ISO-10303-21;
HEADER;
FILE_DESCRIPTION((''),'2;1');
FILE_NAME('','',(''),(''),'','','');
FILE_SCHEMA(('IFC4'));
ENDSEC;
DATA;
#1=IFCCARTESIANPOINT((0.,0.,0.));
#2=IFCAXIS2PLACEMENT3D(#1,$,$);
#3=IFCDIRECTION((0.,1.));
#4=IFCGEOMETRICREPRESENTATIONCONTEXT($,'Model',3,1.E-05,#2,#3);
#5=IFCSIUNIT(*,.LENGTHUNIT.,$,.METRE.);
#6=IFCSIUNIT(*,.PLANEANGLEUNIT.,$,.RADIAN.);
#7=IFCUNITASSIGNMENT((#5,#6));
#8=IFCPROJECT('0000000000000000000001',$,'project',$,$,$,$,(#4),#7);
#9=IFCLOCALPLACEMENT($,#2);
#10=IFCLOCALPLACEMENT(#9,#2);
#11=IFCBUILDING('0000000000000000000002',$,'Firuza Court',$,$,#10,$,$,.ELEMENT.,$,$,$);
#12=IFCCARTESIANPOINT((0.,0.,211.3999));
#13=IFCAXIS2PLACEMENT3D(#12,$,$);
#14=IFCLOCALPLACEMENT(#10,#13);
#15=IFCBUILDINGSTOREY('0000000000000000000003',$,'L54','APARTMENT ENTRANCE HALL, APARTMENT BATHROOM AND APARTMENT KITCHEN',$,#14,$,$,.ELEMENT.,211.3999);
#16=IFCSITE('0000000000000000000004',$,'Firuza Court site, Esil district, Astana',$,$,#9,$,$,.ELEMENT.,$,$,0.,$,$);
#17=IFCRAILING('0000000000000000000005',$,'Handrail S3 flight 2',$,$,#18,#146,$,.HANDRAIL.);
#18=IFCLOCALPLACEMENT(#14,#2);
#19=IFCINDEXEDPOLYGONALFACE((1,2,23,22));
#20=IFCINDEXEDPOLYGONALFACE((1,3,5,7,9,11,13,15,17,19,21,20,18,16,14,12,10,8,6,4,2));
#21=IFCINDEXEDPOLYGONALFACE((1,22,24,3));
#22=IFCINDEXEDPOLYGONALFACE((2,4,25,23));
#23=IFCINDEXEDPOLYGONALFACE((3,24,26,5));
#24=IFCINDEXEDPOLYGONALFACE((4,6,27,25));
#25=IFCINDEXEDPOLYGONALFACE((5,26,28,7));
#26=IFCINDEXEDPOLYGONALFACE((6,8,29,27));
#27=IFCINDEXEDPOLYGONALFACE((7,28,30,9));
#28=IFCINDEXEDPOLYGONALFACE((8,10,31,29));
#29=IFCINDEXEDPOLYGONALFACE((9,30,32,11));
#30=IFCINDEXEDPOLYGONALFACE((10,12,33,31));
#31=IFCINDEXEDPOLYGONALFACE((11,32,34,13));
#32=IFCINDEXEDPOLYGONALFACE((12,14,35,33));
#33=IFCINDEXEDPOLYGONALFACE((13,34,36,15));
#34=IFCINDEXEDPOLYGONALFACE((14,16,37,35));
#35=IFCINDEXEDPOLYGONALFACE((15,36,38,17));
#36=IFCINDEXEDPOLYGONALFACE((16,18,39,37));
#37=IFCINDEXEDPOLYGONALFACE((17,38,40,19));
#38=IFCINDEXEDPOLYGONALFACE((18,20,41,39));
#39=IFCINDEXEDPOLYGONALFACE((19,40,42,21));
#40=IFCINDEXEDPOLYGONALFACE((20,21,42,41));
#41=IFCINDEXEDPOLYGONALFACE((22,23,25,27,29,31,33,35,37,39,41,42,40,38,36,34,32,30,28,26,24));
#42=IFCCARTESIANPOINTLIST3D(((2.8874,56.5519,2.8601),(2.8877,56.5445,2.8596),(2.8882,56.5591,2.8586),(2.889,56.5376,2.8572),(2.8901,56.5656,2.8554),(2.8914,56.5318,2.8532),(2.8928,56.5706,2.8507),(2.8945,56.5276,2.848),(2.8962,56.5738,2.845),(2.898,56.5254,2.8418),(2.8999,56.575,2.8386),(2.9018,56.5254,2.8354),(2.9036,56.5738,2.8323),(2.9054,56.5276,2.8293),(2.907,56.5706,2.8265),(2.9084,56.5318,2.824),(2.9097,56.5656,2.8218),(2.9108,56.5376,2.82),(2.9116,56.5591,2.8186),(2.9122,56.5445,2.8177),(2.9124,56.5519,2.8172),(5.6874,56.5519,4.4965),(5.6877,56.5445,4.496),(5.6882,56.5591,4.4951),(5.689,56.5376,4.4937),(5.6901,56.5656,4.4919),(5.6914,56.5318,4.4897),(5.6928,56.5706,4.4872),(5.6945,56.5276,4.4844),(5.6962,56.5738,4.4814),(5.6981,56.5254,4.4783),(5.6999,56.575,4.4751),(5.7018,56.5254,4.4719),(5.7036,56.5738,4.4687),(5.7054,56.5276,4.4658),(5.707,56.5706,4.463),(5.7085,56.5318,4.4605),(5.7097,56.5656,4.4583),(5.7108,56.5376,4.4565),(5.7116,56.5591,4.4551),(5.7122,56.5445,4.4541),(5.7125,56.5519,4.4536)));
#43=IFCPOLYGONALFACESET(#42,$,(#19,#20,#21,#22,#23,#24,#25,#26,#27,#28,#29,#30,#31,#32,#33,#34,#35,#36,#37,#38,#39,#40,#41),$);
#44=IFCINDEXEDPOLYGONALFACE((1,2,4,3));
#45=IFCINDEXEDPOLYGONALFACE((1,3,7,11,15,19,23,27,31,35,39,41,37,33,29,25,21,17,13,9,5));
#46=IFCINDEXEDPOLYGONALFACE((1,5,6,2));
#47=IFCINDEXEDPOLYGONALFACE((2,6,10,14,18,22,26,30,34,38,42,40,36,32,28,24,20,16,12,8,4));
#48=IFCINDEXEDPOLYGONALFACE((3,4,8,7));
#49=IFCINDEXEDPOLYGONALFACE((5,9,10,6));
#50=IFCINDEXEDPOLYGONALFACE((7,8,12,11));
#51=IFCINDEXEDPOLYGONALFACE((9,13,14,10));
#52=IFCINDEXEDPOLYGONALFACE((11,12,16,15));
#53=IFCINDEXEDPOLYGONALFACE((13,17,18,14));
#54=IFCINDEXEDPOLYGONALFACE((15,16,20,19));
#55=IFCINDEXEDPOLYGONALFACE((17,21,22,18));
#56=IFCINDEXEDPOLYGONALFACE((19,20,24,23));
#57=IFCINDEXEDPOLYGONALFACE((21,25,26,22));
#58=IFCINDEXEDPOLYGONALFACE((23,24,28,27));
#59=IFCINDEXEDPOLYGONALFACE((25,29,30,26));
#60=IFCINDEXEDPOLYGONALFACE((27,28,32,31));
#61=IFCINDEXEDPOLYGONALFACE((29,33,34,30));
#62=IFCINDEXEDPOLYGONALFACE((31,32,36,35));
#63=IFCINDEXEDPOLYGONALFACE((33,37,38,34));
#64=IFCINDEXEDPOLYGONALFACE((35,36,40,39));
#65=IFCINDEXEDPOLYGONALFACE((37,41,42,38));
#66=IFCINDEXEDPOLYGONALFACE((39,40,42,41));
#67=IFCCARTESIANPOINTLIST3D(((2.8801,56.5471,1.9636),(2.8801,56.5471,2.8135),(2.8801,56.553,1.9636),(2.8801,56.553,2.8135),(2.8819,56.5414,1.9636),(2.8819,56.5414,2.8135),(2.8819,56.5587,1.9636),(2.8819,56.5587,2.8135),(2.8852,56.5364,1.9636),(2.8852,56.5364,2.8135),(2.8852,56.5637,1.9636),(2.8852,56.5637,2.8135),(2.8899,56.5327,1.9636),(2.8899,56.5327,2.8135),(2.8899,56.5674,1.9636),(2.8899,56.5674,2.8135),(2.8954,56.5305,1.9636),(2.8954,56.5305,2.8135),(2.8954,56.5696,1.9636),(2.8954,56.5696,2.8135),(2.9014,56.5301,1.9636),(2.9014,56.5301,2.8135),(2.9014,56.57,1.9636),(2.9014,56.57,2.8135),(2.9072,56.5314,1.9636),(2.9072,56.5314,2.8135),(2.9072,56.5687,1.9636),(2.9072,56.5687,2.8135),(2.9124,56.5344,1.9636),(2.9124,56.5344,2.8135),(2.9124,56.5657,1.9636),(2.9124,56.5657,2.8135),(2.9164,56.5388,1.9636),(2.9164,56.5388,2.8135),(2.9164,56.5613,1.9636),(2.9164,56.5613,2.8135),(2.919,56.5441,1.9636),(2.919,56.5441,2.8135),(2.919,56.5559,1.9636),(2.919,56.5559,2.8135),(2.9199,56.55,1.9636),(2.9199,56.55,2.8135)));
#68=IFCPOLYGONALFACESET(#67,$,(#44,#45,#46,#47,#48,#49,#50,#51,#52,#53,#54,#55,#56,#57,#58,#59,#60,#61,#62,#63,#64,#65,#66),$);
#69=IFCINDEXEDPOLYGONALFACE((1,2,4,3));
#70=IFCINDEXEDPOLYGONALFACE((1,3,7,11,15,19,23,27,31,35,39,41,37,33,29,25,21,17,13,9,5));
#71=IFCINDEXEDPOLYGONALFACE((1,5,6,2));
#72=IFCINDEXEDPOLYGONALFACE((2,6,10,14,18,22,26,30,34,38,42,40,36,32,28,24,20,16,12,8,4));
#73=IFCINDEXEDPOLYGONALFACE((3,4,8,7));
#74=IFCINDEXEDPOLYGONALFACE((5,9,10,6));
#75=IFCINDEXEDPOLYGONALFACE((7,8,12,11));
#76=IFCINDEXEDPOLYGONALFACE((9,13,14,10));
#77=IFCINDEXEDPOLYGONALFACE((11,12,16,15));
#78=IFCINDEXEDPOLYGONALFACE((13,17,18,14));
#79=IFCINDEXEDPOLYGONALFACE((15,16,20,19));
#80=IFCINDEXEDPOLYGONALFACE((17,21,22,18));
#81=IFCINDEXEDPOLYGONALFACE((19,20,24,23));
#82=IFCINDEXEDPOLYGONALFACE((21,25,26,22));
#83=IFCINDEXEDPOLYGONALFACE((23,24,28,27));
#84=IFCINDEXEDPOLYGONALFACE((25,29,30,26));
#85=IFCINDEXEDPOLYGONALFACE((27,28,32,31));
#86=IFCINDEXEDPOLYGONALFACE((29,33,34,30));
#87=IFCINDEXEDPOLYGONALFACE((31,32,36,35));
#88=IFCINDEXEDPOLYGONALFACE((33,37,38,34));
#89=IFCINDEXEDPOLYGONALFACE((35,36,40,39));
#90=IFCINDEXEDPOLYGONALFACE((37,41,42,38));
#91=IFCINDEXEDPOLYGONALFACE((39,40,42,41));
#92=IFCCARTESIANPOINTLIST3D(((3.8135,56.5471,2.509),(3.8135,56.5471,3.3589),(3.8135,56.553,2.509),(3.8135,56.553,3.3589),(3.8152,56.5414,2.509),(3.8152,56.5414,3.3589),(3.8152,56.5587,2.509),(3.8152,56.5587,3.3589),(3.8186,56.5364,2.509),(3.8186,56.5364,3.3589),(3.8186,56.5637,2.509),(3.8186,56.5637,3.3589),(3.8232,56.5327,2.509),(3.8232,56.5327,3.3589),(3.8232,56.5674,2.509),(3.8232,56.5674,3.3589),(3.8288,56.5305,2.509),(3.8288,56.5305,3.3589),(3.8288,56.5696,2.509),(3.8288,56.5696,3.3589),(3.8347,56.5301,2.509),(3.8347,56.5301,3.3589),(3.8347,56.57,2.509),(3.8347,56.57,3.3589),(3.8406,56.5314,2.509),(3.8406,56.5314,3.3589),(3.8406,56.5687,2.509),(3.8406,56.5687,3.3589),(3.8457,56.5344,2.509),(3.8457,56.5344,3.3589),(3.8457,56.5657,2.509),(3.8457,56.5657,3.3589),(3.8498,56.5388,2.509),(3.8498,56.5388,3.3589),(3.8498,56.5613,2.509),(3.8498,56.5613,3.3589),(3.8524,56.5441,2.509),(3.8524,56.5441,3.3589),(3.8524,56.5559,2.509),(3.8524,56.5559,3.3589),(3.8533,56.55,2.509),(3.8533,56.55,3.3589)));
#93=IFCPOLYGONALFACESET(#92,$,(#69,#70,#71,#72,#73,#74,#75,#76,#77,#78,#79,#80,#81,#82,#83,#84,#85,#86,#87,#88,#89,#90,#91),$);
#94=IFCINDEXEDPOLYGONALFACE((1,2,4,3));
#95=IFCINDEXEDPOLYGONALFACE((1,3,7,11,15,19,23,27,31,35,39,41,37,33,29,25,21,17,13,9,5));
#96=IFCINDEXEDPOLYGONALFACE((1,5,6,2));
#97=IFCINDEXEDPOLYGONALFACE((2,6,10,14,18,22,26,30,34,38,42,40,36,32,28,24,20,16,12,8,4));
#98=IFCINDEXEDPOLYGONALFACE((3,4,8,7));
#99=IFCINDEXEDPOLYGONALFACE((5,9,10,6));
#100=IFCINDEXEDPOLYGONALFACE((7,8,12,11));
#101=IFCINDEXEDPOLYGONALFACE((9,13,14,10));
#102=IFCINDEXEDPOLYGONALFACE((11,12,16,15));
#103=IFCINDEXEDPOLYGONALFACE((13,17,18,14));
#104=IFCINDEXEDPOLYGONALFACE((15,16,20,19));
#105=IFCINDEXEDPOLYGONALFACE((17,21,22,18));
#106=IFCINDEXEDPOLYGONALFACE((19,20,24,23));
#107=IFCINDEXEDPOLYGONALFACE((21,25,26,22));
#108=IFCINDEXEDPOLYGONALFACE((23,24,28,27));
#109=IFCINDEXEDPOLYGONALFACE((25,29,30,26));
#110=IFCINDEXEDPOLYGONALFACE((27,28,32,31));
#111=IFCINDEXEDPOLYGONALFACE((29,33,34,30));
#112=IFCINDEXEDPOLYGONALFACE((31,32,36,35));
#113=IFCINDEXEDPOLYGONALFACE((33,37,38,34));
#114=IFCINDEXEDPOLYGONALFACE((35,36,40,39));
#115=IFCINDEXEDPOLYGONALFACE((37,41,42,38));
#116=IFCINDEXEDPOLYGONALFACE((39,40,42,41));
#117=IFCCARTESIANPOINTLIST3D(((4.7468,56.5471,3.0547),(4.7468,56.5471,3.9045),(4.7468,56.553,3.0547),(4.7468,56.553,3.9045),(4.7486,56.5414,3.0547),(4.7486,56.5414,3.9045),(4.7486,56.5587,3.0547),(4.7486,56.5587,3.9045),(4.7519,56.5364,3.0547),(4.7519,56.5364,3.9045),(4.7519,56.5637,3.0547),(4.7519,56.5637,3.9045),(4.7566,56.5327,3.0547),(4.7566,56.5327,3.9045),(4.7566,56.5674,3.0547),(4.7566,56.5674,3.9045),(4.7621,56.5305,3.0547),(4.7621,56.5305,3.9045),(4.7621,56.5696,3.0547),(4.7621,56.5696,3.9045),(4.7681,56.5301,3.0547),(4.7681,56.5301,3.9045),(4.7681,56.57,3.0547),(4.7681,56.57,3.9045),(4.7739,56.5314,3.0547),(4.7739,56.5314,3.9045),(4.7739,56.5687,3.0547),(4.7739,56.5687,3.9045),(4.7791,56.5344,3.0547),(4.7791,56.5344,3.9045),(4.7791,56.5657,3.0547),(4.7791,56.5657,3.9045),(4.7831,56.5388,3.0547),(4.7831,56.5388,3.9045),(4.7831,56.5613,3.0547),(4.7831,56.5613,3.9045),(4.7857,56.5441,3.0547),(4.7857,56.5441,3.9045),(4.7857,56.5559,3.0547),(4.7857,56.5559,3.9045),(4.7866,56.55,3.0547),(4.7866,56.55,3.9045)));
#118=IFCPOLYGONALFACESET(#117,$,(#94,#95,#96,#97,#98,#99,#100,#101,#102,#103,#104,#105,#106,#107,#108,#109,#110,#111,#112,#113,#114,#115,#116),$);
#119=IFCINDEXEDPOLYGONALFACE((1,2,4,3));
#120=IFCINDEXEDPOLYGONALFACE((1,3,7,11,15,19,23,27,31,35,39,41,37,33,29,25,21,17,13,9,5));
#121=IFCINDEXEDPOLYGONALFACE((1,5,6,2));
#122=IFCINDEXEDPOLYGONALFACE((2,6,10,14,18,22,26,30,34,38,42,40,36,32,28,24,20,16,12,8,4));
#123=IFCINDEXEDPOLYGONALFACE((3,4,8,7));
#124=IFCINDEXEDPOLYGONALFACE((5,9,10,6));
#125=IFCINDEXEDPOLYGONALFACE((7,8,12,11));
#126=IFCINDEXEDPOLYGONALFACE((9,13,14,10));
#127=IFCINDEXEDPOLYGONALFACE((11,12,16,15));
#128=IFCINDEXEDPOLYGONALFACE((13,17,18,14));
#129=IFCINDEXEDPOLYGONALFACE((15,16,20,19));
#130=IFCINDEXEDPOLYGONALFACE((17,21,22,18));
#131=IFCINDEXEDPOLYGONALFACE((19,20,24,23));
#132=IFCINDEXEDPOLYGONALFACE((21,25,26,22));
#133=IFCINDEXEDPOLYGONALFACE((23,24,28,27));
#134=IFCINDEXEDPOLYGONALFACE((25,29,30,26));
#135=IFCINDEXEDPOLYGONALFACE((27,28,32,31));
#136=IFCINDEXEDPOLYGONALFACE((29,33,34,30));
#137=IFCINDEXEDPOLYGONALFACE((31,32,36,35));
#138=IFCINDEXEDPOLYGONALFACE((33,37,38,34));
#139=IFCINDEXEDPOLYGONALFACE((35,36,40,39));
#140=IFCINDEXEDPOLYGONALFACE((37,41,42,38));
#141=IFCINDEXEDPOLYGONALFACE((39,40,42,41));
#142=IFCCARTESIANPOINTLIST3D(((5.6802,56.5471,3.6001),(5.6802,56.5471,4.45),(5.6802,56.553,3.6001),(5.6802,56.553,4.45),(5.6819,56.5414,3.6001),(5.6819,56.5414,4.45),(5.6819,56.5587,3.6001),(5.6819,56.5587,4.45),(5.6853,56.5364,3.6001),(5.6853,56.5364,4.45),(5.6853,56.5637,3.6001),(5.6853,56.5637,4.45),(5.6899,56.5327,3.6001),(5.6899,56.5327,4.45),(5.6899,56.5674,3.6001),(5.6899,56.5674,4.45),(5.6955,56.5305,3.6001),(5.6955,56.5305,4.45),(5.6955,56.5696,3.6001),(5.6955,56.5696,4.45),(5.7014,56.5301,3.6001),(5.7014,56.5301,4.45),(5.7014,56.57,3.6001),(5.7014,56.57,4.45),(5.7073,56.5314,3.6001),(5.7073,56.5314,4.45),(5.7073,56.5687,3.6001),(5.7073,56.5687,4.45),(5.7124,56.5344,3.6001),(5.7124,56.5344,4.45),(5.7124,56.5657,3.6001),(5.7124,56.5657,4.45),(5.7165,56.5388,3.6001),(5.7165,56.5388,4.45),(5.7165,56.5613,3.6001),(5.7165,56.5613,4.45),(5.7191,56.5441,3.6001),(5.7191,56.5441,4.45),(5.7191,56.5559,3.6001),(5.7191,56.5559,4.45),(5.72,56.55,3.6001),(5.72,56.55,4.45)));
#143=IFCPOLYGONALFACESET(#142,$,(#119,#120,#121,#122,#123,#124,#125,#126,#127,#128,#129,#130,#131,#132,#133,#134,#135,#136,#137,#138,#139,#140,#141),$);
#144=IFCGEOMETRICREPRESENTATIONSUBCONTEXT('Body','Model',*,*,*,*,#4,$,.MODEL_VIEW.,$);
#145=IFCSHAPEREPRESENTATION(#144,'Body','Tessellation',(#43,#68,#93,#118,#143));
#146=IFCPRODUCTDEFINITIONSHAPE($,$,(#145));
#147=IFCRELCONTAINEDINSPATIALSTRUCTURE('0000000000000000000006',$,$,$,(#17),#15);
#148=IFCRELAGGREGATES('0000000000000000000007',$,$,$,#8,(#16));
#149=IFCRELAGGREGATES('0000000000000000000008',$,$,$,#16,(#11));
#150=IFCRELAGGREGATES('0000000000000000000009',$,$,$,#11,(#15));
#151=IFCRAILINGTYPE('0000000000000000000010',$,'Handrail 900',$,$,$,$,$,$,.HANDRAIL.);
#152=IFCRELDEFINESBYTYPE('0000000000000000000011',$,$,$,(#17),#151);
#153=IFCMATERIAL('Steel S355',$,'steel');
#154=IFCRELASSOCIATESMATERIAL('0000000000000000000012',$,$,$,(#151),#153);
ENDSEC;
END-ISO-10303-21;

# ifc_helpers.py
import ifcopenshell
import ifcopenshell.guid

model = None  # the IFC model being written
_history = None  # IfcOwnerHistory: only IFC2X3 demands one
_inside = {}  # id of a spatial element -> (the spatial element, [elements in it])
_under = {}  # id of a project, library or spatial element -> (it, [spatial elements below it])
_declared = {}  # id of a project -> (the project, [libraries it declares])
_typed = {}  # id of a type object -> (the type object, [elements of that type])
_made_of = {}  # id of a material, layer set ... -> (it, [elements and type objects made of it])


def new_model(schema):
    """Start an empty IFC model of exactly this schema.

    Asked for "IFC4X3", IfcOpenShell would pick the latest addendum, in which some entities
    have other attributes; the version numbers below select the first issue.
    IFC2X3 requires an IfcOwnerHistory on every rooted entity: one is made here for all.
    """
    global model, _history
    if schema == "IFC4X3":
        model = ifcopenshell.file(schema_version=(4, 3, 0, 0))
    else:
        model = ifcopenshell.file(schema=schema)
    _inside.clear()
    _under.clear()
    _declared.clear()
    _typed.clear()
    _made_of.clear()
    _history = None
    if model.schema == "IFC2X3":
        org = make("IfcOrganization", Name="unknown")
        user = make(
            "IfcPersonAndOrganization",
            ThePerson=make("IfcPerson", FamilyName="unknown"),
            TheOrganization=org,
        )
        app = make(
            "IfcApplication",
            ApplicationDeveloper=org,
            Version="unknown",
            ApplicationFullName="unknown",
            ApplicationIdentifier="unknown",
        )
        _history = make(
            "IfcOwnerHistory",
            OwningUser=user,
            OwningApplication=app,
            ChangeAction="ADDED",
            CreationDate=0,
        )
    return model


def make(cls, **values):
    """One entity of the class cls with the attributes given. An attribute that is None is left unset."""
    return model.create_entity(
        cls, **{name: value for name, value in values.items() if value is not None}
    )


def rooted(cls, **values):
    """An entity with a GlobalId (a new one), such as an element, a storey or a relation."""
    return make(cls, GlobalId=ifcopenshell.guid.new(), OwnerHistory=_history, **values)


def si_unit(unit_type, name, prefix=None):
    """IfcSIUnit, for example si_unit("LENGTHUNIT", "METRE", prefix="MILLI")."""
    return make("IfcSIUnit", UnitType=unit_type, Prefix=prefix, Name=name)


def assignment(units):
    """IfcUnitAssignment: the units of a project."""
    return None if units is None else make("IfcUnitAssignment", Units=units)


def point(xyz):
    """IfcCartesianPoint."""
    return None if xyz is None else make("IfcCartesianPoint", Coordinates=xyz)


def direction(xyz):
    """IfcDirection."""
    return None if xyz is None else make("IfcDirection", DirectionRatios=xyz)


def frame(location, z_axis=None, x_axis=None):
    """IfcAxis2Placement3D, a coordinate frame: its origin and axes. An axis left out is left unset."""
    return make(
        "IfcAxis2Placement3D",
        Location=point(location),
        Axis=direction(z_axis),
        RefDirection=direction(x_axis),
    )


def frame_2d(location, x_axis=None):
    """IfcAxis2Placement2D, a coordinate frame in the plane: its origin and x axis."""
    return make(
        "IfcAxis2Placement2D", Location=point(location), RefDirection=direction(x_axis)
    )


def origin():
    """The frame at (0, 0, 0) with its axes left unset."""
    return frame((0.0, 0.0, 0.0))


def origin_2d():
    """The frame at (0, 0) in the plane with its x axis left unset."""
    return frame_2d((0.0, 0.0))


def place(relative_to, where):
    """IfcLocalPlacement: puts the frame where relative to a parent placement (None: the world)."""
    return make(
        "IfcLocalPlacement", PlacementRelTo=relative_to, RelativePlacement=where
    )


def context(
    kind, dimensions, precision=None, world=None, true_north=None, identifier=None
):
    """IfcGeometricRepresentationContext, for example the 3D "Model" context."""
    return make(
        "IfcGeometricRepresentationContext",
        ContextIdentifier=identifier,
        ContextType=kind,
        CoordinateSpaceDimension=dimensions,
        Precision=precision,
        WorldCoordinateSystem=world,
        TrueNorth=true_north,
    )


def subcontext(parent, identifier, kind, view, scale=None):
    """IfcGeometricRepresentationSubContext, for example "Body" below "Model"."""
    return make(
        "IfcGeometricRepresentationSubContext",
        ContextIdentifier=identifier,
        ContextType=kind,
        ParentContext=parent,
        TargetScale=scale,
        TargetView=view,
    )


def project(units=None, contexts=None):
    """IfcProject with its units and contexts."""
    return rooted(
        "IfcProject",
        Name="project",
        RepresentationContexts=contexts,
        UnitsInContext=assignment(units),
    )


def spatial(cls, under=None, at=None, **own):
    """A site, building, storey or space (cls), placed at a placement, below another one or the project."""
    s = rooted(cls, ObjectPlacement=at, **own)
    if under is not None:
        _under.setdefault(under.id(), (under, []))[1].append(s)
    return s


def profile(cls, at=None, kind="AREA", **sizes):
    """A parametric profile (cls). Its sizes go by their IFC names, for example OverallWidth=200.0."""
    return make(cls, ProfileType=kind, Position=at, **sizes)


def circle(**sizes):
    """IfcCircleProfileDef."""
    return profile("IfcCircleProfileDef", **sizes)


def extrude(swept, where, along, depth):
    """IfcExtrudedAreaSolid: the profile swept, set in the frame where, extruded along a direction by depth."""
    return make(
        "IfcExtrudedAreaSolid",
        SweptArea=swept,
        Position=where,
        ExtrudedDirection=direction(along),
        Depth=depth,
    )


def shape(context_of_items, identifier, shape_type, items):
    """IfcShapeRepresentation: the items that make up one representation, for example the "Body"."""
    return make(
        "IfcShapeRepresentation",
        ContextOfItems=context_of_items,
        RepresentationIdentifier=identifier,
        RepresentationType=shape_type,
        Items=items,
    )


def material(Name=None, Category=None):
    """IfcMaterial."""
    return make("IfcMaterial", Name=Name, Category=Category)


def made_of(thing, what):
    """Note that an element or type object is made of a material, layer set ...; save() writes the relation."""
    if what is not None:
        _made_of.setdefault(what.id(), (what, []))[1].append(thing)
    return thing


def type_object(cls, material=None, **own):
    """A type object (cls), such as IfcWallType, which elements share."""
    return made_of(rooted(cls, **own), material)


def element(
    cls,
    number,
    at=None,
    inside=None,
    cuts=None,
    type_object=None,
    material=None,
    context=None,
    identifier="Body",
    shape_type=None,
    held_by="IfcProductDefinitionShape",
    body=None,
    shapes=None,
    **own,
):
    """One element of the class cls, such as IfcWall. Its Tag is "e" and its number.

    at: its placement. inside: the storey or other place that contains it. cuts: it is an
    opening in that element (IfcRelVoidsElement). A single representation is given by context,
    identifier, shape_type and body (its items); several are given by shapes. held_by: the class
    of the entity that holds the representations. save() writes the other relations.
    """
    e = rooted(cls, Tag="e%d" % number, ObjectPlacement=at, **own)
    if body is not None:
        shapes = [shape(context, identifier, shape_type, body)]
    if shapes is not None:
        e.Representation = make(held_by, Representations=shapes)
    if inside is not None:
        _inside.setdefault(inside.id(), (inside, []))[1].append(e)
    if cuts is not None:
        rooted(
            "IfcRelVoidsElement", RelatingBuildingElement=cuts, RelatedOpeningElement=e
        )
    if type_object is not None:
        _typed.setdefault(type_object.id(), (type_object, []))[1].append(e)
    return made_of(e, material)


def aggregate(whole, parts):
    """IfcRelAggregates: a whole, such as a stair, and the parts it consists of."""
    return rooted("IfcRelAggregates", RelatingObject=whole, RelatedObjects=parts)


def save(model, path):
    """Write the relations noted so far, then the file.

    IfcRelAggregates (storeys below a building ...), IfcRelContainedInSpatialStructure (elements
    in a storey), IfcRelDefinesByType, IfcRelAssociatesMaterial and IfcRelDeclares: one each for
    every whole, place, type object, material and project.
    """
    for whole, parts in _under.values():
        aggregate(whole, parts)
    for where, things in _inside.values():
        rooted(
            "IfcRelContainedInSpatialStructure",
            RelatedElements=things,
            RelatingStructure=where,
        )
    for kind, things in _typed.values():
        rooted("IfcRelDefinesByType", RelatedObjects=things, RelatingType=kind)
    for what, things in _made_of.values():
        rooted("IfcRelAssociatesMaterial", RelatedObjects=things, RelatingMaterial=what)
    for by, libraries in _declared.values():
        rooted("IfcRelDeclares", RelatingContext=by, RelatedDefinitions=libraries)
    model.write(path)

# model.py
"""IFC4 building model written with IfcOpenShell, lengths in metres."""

from ifc_helpers import new_model, si_unit, direction, frame, origin, origin_2d, place, context, subcontext, project, spatial, circle, extrude, material, type_object, element, save


model = new_model("IFC4")

# Units and contexts
model_context = context("Model", 3, precision=1e-05, world=origin(), true_north=direction((0.0, 1.0)))
body_context = subcontext(model_context, "Body", "Model", "MODEL_VIEW")
ifc_project = project(units=[si_unit("LENGTHUNIT", "METRE"), si_unit("PLANEANGLEUNIT", "RADIAN")], contexts=[model_context])

# Site, building, storey
site_placement = place(None, origin())
site = spatial("IfcSite", under=ifc_project, at=site_placement, Name="Firuza Court site, Esil district, Astana", CompositionType="ELEMENT", RefElevation=0.0)
building_placement = place(site_placement, origin())
building = spatial("IfcBuilding", under=site, at=building_placement, Name="Firuza Court", CompositionType="ELEMENT")
storey_placement = place(building_placement, frame((0.0, 0.0, 211.3999)))
storey = spatial("IfcBuildingStorey", under=building, at=storey_placement, Name="L54", Description="APARTMENT ENTRANCE HALL, APARTMENT BATHROOM AND APARTMENT KITCHEN", CompositionType="ELEMENT", Elevation=211.3999)

# Railing
ifc_material_1 = material(Name="Steel S355", Category="steel")
railing_type_1 = type_object("IfcRailingType", Name="Handrail 900", PredefinedType="HANDRAIL", material=ifc_material_1)
railing_1_placement = place(storey_placement, frame((2.8999, 56.55, 1.9636)))
element("IfcRailing", 1, at=railing_1_placement, inside=storey, type_object=railing_type_1, Name="Handrail S3 flight 2", PredefinedType="HANDRAIL", context=body_context, shape_type="SweptSolid", body=[
    extrude(circle(Radius=0.0249, at=origin_2d()), frame((0.0, 0.0, 0.875), z_axis=(0.863361, 0.0, 0.504587), x_axis=(0.0, 1.0, 0.0)), (0.0, 0.0, 1.0), 3.2432),
    extrude(circle(Radius=0.02, at=origin_2d()), origin(), (0.0, 0.0, 1.0), 0.8499),
    extrude(circle(Radius=0.02, at=origin_2d()), frame((0.9333, 0.0, 0.5454)), (0.0, 0.0, 1.0), 0.8499),
    extrude(circle(Radius=0.02, at=origin_2d()), frame((1.8667, 0.0, 1.0911)), (0.0, 0.0, 1.0), 0.8499),
    extrude(circle(Radius=0.02, at=origin_2d()), frame((2.8, 0.0, 1.6365)), (0.0, 0.0, 1.0), 0.8499),
])

save(model, "model.ifc")
